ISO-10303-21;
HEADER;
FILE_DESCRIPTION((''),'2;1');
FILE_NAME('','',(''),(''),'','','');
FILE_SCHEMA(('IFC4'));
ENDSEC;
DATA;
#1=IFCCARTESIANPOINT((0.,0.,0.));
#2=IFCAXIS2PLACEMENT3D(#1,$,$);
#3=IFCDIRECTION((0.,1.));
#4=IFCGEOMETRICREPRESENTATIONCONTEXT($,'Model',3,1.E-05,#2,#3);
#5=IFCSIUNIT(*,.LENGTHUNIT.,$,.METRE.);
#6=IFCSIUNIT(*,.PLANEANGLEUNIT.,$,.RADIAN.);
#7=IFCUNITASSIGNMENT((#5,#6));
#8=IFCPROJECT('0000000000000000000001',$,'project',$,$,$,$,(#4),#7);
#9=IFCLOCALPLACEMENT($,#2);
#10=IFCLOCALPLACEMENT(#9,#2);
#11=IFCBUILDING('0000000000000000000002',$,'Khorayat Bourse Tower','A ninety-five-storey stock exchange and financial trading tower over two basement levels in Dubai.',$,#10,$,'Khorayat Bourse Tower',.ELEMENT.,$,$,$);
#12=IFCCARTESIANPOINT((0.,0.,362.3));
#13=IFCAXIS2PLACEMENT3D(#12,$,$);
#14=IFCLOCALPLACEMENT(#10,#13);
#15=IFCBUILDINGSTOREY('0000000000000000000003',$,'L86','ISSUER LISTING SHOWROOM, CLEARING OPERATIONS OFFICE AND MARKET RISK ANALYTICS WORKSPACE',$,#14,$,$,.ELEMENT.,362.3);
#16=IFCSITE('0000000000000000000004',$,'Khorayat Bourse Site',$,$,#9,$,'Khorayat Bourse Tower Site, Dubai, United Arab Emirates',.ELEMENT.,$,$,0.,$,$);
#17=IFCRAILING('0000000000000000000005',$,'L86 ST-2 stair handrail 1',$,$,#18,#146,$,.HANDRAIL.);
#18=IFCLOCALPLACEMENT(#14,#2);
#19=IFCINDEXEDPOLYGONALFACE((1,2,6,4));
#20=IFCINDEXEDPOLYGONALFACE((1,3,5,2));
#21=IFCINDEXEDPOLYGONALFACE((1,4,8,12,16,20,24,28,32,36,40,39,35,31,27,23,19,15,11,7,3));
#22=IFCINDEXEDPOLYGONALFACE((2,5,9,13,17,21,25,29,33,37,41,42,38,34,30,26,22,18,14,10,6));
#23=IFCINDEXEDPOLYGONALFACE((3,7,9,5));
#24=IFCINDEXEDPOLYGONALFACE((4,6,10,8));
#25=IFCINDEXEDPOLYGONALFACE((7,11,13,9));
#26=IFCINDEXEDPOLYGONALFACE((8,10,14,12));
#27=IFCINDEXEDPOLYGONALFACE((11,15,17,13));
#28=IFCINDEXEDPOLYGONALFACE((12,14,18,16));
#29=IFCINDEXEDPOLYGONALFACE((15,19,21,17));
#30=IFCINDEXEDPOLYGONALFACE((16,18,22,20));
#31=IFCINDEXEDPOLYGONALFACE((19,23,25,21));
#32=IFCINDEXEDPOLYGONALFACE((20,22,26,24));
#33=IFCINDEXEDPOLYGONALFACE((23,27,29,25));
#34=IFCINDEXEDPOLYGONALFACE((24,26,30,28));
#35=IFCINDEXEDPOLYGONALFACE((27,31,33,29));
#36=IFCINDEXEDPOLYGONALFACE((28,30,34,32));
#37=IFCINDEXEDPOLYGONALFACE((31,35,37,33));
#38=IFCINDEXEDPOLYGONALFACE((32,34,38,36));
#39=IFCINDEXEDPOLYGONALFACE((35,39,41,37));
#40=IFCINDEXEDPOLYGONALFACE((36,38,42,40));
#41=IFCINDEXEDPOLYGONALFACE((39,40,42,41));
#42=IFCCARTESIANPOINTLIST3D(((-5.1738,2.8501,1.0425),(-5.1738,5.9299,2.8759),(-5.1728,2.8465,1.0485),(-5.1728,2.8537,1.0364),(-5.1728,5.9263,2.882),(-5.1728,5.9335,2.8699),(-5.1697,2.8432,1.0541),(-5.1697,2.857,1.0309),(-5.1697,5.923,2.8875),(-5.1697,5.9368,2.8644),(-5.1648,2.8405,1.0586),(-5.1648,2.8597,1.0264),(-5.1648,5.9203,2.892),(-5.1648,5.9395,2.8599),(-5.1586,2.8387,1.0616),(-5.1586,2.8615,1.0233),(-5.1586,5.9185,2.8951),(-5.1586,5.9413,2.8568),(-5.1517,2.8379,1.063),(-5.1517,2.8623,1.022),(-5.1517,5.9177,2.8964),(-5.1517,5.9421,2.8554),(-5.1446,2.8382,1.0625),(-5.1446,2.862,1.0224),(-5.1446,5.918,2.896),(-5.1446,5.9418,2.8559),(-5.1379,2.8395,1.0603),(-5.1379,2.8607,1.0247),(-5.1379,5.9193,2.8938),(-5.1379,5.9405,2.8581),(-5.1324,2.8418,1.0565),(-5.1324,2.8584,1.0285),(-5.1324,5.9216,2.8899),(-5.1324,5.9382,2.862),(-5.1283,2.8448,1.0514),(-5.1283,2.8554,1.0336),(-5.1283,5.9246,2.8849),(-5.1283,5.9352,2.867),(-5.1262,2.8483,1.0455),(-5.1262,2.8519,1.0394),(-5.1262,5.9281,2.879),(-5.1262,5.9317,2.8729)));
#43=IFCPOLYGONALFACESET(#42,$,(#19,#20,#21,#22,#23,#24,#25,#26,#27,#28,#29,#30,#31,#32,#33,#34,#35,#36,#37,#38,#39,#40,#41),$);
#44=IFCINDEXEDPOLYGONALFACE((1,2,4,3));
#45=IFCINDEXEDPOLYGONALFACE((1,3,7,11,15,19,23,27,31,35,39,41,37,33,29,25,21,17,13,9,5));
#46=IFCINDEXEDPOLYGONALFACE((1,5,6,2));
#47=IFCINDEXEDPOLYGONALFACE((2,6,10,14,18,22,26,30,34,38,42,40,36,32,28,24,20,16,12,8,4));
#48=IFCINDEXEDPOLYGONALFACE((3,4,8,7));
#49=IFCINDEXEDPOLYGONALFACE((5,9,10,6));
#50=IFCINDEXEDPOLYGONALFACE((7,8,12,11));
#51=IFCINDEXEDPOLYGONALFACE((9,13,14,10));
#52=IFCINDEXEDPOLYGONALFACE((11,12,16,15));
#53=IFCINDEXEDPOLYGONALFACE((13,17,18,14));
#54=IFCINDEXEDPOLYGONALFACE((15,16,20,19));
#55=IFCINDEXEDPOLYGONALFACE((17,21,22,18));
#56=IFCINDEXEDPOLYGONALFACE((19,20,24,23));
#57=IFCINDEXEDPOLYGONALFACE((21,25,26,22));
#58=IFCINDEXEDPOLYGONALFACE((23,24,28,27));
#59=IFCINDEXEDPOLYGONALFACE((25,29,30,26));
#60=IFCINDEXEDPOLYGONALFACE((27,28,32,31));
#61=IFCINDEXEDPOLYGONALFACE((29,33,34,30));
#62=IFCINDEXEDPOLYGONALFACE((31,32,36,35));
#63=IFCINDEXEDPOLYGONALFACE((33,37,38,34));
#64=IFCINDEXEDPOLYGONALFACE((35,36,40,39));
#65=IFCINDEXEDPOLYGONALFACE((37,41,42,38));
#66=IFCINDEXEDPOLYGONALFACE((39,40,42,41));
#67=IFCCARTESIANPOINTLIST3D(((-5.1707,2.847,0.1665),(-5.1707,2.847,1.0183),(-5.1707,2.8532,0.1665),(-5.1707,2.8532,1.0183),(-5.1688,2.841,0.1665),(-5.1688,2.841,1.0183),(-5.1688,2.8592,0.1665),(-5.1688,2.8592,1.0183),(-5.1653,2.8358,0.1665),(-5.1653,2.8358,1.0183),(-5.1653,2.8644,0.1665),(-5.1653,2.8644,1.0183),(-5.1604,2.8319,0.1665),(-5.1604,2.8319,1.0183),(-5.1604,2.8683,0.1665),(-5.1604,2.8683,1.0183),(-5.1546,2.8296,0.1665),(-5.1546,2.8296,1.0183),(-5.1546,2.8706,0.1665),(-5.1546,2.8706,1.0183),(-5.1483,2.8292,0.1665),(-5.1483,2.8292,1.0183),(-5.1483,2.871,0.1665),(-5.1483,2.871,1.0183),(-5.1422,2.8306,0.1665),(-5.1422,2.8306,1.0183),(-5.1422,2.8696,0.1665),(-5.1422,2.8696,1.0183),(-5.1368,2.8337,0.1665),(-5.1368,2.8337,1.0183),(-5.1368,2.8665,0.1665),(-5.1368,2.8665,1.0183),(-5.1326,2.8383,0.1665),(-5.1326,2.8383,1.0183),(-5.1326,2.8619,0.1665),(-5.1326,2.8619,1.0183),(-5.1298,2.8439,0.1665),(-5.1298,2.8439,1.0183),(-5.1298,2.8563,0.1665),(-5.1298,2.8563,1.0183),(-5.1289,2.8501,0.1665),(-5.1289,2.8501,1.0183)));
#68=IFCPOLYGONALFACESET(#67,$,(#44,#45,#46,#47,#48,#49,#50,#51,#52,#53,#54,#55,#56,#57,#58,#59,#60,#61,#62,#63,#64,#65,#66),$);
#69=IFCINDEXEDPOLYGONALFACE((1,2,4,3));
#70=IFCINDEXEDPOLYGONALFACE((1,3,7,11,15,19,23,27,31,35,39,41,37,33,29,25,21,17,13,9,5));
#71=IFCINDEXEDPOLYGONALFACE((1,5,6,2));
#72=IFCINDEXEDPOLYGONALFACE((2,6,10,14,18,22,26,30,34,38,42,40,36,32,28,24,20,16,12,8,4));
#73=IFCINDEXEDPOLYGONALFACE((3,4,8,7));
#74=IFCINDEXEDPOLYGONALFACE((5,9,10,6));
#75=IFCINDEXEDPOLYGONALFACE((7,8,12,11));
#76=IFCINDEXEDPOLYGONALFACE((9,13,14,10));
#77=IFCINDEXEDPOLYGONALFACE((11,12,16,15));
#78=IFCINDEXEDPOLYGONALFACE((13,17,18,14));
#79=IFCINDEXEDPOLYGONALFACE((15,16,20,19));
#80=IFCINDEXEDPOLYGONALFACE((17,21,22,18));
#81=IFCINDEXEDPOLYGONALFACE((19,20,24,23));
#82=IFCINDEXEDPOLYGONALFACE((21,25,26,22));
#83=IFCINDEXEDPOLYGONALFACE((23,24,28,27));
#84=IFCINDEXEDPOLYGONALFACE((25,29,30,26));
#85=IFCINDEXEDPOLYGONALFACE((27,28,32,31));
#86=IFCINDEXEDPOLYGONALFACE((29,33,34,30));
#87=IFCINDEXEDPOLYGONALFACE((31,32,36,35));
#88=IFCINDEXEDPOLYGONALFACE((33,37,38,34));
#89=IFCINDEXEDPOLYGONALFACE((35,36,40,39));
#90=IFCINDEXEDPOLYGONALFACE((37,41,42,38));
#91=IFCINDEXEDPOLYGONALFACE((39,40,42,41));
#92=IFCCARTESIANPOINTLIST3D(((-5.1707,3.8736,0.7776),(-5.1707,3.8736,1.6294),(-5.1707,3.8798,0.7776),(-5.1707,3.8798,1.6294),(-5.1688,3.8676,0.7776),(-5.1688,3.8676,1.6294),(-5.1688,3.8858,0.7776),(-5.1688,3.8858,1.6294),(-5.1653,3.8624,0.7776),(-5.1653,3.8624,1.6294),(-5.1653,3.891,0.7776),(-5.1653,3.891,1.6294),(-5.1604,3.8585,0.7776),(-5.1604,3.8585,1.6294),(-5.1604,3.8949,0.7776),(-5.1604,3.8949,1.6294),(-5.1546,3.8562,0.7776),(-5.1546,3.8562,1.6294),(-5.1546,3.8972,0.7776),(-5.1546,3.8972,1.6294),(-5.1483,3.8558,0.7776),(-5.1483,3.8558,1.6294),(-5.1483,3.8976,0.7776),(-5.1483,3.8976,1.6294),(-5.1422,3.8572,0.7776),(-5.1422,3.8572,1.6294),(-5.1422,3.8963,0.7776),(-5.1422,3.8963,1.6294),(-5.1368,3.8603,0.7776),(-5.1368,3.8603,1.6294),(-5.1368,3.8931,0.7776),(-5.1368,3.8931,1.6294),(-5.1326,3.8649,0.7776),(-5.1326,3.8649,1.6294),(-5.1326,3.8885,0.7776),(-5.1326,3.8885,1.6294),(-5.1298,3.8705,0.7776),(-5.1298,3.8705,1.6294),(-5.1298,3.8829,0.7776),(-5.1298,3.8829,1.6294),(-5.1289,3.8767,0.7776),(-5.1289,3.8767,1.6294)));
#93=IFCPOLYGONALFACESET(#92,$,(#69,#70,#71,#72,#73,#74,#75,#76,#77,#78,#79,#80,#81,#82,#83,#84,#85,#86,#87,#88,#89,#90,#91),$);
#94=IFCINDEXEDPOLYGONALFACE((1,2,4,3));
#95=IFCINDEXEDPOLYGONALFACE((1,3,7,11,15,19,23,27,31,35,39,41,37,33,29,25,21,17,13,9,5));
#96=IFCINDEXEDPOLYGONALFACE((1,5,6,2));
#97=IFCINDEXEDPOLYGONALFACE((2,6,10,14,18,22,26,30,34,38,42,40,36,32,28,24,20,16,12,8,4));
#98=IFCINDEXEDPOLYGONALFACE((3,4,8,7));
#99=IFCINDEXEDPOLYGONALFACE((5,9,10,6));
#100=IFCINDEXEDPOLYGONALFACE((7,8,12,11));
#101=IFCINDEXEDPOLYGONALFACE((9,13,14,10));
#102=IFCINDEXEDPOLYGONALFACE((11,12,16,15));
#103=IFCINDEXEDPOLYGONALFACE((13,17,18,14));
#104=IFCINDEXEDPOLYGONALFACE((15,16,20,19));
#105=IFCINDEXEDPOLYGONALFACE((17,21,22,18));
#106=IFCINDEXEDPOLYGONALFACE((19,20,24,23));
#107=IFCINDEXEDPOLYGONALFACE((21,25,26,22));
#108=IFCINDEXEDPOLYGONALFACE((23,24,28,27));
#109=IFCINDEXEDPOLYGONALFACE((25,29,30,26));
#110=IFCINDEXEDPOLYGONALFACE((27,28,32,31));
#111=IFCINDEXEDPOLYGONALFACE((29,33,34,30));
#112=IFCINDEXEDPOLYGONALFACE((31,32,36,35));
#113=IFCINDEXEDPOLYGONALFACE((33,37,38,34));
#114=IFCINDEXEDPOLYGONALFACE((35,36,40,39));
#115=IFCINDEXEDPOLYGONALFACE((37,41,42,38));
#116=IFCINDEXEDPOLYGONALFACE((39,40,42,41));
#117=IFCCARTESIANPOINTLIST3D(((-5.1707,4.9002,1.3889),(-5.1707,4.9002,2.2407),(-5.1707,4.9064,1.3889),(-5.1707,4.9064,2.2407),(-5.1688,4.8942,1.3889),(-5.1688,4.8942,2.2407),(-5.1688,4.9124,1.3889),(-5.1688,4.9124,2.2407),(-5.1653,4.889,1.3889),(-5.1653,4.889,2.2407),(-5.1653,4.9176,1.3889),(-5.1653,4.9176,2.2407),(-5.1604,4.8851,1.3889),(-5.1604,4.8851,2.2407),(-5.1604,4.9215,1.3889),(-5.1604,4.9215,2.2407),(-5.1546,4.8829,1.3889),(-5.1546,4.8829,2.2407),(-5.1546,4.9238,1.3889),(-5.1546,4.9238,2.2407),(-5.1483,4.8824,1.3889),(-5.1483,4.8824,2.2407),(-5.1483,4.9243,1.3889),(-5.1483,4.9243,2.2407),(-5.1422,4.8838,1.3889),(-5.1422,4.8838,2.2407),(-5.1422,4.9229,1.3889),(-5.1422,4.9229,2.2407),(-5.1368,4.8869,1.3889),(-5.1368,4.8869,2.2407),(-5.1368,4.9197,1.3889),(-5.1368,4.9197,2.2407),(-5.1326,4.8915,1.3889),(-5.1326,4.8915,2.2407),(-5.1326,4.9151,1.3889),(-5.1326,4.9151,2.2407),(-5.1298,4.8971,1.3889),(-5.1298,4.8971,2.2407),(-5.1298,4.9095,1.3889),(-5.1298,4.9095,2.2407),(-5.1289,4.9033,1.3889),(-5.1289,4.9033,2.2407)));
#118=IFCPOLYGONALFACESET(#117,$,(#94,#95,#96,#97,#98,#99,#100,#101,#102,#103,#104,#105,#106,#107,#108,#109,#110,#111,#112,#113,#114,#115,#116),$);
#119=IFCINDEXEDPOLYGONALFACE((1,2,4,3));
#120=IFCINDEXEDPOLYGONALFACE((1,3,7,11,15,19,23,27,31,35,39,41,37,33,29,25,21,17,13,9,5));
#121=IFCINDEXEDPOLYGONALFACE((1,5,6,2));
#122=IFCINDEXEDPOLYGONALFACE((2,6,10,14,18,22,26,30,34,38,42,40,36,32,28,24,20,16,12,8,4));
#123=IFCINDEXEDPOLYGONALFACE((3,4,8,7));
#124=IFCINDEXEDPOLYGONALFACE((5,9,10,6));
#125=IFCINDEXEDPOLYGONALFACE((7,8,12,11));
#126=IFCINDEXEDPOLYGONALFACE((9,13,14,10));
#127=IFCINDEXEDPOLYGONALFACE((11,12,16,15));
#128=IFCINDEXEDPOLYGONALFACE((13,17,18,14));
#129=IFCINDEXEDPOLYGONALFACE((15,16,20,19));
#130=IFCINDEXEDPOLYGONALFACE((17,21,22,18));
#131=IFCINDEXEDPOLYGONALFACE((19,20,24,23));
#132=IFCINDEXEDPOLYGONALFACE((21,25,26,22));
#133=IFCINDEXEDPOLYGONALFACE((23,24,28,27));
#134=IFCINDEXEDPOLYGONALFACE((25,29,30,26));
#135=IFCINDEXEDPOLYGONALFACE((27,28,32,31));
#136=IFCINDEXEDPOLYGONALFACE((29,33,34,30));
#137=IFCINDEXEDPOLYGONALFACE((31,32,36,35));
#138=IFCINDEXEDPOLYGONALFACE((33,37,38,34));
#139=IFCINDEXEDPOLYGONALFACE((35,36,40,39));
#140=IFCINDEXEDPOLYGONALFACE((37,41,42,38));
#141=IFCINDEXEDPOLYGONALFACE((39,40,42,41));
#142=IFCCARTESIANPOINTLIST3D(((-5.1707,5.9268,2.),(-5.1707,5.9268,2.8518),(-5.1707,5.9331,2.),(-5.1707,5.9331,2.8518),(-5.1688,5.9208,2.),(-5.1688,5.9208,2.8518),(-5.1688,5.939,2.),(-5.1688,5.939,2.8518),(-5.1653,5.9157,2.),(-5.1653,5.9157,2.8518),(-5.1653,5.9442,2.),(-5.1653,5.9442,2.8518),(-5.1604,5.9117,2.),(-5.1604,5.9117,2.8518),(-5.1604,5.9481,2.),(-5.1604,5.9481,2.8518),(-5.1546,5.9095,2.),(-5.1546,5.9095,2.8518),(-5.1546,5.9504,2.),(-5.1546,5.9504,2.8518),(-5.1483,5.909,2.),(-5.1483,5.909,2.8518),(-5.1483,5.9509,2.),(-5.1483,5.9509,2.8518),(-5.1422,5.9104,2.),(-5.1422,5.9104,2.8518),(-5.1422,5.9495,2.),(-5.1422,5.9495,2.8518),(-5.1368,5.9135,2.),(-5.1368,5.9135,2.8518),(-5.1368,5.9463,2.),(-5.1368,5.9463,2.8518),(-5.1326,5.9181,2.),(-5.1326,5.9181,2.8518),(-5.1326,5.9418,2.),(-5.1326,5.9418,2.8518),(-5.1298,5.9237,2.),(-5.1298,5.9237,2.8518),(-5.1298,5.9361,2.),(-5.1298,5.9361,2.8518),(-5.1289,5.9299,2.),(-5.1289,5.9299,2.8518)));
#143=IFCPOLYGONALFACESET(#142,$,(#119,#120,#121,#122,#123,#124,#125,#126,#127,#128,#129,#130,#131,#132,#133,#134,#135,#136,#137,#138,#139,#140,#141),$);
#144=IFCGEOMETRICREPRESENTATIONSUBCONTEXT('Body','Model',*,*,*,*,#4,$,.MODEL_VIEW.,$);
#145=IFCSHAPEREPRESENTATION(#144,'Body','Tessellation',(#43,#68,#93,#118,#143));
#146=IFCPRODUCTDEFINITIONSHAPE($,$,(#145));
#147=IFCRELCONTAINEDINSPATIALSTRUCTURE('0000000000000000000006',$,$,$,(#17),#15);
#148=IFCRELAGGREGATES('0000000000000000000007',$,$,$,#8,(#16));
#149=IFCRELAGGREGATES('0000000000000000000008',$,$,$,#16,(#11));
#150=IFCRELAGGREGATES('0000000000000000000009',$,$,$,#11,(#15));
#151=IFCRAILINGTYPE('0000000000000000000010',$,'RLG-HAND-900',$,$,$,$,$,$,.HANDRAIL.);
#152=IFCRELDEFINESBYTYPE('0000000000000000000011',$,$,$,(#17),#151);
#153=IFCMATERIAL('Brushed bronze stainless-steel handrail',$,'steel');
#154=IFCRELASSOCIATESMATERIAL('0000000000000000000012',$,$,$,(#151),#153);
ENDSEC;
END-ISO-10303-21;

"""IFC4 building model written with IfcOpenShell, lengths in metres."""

from ifc_helpers import new_model, si_unit, direction, frame, origin, origin_2d, place, context, subcontext, project, spatial, circle, extrude, source, transform, mapped, material, type_object, element, save


model = new_model("IFC4")

# Units and contexts
model_context = context("Model", 3, precision=1e-05, world=origin(), true_north=direction((0.0, 1.0)))
body_context = subcontext(model_context, "Body", "Model", "MODEL_VIEW")
ifc_project = project(units=[si_unit("LENGTHUNIT", "METRE"), si_unit("PLANEANGLEUNIT", "RADIAN")], contexts=[model_context])

# Site, building, storey
site_placement = place(None, origin())
site = spatial("IfcSite", under=ifc_project, at=site_placement, Name="Khorayat Bourse Site", LongName="Khorayat Bourse Tower Site, Dubai, United Arab Emirates", CompositionType="ELEMENT", RefElevation=0.0)
building_placement = place(site_placement, origin())
building = spatial("IfcBuilding", under=site, at=building_placement, Name="Khorayat Bourse Tower", Description="A ninety-five-storey stock exchange and financial trading tower over two basement levels in Dubai.", LongName="Khorayat Bourse Tower", CompositionType="ELEMENT")
storey_placement = place(building_placement, frame((0.0, 0.0, 362.3)))
storey = spatial("IfcBuildingStorey", under=building, at=storey_placement, Name="L86", Description="ISSUER LISTING SHOWROOM, CLEARING OPERATIONS OFFICE AND MARKET RISK ANALYTICS WORKSPACE", CompositionType="ELEMENT", Elevation=362.3)

# Railing
ifc_material_1 = material(Name="Brushed bronze stainless-steel handrail", Category="steel")
railing_type_1 = type_object("IfcRailingType", Name="RLG-HAND-900", PredefinedType="HANDRAIL", material=ifc_material_1)
shared_shape_1 = source(origin(), body_context, "Body", "SweptSolid", [
    extrude(circle(Radius=0.0239, at=origin_2d()), frame((0.0, 0.0, 0.876), z_axis=(0.0, 0.859261, 0.511538), x_axis=(-1.0, 0.0, 0.0)), (0.0, 0.0, 1.0), 3.5842),
    extrude(circle(Radius=0.021, at=origin_2d()), origin(), (0.0, 0.0, 1.0), 0.8518),
    extrude(circle(Radius=0.021, at=origin_2d()), frame((0.0, 1.0266, 0.6111)), (0.0, 0.0, 1.0), 0.8518),
    extrude(circle(Radius=0.021, at=origin_2d()), frame((0.0, 2.0532, 1.2224)), (0.0, 0.0, 1.0), 0.8518),
    extrude(circle(Radius=0.021, at=origin_2d()), frame((0.0, 3.0798, 1.8335)), (0.0, 0.0, 1.0), 0.8518),
])
railing_1_placement = place(storey_placement, frame((-5.1499, 2.8501, 0.1665)))
element("IfcRailing", 1, at=railing_1_placement, inside=storey, type_object=railing_type_1, Name="L86 ST-2 stair handrail 1", PredefinedType="HANDRAIL", context=body_context, shape_type="MappedRepresentation", body=[
    mapped(shared_shape_1, transform((0.0, 0.0, 0.0), scale=1.0)),
])

save(model, "model.ifc")
